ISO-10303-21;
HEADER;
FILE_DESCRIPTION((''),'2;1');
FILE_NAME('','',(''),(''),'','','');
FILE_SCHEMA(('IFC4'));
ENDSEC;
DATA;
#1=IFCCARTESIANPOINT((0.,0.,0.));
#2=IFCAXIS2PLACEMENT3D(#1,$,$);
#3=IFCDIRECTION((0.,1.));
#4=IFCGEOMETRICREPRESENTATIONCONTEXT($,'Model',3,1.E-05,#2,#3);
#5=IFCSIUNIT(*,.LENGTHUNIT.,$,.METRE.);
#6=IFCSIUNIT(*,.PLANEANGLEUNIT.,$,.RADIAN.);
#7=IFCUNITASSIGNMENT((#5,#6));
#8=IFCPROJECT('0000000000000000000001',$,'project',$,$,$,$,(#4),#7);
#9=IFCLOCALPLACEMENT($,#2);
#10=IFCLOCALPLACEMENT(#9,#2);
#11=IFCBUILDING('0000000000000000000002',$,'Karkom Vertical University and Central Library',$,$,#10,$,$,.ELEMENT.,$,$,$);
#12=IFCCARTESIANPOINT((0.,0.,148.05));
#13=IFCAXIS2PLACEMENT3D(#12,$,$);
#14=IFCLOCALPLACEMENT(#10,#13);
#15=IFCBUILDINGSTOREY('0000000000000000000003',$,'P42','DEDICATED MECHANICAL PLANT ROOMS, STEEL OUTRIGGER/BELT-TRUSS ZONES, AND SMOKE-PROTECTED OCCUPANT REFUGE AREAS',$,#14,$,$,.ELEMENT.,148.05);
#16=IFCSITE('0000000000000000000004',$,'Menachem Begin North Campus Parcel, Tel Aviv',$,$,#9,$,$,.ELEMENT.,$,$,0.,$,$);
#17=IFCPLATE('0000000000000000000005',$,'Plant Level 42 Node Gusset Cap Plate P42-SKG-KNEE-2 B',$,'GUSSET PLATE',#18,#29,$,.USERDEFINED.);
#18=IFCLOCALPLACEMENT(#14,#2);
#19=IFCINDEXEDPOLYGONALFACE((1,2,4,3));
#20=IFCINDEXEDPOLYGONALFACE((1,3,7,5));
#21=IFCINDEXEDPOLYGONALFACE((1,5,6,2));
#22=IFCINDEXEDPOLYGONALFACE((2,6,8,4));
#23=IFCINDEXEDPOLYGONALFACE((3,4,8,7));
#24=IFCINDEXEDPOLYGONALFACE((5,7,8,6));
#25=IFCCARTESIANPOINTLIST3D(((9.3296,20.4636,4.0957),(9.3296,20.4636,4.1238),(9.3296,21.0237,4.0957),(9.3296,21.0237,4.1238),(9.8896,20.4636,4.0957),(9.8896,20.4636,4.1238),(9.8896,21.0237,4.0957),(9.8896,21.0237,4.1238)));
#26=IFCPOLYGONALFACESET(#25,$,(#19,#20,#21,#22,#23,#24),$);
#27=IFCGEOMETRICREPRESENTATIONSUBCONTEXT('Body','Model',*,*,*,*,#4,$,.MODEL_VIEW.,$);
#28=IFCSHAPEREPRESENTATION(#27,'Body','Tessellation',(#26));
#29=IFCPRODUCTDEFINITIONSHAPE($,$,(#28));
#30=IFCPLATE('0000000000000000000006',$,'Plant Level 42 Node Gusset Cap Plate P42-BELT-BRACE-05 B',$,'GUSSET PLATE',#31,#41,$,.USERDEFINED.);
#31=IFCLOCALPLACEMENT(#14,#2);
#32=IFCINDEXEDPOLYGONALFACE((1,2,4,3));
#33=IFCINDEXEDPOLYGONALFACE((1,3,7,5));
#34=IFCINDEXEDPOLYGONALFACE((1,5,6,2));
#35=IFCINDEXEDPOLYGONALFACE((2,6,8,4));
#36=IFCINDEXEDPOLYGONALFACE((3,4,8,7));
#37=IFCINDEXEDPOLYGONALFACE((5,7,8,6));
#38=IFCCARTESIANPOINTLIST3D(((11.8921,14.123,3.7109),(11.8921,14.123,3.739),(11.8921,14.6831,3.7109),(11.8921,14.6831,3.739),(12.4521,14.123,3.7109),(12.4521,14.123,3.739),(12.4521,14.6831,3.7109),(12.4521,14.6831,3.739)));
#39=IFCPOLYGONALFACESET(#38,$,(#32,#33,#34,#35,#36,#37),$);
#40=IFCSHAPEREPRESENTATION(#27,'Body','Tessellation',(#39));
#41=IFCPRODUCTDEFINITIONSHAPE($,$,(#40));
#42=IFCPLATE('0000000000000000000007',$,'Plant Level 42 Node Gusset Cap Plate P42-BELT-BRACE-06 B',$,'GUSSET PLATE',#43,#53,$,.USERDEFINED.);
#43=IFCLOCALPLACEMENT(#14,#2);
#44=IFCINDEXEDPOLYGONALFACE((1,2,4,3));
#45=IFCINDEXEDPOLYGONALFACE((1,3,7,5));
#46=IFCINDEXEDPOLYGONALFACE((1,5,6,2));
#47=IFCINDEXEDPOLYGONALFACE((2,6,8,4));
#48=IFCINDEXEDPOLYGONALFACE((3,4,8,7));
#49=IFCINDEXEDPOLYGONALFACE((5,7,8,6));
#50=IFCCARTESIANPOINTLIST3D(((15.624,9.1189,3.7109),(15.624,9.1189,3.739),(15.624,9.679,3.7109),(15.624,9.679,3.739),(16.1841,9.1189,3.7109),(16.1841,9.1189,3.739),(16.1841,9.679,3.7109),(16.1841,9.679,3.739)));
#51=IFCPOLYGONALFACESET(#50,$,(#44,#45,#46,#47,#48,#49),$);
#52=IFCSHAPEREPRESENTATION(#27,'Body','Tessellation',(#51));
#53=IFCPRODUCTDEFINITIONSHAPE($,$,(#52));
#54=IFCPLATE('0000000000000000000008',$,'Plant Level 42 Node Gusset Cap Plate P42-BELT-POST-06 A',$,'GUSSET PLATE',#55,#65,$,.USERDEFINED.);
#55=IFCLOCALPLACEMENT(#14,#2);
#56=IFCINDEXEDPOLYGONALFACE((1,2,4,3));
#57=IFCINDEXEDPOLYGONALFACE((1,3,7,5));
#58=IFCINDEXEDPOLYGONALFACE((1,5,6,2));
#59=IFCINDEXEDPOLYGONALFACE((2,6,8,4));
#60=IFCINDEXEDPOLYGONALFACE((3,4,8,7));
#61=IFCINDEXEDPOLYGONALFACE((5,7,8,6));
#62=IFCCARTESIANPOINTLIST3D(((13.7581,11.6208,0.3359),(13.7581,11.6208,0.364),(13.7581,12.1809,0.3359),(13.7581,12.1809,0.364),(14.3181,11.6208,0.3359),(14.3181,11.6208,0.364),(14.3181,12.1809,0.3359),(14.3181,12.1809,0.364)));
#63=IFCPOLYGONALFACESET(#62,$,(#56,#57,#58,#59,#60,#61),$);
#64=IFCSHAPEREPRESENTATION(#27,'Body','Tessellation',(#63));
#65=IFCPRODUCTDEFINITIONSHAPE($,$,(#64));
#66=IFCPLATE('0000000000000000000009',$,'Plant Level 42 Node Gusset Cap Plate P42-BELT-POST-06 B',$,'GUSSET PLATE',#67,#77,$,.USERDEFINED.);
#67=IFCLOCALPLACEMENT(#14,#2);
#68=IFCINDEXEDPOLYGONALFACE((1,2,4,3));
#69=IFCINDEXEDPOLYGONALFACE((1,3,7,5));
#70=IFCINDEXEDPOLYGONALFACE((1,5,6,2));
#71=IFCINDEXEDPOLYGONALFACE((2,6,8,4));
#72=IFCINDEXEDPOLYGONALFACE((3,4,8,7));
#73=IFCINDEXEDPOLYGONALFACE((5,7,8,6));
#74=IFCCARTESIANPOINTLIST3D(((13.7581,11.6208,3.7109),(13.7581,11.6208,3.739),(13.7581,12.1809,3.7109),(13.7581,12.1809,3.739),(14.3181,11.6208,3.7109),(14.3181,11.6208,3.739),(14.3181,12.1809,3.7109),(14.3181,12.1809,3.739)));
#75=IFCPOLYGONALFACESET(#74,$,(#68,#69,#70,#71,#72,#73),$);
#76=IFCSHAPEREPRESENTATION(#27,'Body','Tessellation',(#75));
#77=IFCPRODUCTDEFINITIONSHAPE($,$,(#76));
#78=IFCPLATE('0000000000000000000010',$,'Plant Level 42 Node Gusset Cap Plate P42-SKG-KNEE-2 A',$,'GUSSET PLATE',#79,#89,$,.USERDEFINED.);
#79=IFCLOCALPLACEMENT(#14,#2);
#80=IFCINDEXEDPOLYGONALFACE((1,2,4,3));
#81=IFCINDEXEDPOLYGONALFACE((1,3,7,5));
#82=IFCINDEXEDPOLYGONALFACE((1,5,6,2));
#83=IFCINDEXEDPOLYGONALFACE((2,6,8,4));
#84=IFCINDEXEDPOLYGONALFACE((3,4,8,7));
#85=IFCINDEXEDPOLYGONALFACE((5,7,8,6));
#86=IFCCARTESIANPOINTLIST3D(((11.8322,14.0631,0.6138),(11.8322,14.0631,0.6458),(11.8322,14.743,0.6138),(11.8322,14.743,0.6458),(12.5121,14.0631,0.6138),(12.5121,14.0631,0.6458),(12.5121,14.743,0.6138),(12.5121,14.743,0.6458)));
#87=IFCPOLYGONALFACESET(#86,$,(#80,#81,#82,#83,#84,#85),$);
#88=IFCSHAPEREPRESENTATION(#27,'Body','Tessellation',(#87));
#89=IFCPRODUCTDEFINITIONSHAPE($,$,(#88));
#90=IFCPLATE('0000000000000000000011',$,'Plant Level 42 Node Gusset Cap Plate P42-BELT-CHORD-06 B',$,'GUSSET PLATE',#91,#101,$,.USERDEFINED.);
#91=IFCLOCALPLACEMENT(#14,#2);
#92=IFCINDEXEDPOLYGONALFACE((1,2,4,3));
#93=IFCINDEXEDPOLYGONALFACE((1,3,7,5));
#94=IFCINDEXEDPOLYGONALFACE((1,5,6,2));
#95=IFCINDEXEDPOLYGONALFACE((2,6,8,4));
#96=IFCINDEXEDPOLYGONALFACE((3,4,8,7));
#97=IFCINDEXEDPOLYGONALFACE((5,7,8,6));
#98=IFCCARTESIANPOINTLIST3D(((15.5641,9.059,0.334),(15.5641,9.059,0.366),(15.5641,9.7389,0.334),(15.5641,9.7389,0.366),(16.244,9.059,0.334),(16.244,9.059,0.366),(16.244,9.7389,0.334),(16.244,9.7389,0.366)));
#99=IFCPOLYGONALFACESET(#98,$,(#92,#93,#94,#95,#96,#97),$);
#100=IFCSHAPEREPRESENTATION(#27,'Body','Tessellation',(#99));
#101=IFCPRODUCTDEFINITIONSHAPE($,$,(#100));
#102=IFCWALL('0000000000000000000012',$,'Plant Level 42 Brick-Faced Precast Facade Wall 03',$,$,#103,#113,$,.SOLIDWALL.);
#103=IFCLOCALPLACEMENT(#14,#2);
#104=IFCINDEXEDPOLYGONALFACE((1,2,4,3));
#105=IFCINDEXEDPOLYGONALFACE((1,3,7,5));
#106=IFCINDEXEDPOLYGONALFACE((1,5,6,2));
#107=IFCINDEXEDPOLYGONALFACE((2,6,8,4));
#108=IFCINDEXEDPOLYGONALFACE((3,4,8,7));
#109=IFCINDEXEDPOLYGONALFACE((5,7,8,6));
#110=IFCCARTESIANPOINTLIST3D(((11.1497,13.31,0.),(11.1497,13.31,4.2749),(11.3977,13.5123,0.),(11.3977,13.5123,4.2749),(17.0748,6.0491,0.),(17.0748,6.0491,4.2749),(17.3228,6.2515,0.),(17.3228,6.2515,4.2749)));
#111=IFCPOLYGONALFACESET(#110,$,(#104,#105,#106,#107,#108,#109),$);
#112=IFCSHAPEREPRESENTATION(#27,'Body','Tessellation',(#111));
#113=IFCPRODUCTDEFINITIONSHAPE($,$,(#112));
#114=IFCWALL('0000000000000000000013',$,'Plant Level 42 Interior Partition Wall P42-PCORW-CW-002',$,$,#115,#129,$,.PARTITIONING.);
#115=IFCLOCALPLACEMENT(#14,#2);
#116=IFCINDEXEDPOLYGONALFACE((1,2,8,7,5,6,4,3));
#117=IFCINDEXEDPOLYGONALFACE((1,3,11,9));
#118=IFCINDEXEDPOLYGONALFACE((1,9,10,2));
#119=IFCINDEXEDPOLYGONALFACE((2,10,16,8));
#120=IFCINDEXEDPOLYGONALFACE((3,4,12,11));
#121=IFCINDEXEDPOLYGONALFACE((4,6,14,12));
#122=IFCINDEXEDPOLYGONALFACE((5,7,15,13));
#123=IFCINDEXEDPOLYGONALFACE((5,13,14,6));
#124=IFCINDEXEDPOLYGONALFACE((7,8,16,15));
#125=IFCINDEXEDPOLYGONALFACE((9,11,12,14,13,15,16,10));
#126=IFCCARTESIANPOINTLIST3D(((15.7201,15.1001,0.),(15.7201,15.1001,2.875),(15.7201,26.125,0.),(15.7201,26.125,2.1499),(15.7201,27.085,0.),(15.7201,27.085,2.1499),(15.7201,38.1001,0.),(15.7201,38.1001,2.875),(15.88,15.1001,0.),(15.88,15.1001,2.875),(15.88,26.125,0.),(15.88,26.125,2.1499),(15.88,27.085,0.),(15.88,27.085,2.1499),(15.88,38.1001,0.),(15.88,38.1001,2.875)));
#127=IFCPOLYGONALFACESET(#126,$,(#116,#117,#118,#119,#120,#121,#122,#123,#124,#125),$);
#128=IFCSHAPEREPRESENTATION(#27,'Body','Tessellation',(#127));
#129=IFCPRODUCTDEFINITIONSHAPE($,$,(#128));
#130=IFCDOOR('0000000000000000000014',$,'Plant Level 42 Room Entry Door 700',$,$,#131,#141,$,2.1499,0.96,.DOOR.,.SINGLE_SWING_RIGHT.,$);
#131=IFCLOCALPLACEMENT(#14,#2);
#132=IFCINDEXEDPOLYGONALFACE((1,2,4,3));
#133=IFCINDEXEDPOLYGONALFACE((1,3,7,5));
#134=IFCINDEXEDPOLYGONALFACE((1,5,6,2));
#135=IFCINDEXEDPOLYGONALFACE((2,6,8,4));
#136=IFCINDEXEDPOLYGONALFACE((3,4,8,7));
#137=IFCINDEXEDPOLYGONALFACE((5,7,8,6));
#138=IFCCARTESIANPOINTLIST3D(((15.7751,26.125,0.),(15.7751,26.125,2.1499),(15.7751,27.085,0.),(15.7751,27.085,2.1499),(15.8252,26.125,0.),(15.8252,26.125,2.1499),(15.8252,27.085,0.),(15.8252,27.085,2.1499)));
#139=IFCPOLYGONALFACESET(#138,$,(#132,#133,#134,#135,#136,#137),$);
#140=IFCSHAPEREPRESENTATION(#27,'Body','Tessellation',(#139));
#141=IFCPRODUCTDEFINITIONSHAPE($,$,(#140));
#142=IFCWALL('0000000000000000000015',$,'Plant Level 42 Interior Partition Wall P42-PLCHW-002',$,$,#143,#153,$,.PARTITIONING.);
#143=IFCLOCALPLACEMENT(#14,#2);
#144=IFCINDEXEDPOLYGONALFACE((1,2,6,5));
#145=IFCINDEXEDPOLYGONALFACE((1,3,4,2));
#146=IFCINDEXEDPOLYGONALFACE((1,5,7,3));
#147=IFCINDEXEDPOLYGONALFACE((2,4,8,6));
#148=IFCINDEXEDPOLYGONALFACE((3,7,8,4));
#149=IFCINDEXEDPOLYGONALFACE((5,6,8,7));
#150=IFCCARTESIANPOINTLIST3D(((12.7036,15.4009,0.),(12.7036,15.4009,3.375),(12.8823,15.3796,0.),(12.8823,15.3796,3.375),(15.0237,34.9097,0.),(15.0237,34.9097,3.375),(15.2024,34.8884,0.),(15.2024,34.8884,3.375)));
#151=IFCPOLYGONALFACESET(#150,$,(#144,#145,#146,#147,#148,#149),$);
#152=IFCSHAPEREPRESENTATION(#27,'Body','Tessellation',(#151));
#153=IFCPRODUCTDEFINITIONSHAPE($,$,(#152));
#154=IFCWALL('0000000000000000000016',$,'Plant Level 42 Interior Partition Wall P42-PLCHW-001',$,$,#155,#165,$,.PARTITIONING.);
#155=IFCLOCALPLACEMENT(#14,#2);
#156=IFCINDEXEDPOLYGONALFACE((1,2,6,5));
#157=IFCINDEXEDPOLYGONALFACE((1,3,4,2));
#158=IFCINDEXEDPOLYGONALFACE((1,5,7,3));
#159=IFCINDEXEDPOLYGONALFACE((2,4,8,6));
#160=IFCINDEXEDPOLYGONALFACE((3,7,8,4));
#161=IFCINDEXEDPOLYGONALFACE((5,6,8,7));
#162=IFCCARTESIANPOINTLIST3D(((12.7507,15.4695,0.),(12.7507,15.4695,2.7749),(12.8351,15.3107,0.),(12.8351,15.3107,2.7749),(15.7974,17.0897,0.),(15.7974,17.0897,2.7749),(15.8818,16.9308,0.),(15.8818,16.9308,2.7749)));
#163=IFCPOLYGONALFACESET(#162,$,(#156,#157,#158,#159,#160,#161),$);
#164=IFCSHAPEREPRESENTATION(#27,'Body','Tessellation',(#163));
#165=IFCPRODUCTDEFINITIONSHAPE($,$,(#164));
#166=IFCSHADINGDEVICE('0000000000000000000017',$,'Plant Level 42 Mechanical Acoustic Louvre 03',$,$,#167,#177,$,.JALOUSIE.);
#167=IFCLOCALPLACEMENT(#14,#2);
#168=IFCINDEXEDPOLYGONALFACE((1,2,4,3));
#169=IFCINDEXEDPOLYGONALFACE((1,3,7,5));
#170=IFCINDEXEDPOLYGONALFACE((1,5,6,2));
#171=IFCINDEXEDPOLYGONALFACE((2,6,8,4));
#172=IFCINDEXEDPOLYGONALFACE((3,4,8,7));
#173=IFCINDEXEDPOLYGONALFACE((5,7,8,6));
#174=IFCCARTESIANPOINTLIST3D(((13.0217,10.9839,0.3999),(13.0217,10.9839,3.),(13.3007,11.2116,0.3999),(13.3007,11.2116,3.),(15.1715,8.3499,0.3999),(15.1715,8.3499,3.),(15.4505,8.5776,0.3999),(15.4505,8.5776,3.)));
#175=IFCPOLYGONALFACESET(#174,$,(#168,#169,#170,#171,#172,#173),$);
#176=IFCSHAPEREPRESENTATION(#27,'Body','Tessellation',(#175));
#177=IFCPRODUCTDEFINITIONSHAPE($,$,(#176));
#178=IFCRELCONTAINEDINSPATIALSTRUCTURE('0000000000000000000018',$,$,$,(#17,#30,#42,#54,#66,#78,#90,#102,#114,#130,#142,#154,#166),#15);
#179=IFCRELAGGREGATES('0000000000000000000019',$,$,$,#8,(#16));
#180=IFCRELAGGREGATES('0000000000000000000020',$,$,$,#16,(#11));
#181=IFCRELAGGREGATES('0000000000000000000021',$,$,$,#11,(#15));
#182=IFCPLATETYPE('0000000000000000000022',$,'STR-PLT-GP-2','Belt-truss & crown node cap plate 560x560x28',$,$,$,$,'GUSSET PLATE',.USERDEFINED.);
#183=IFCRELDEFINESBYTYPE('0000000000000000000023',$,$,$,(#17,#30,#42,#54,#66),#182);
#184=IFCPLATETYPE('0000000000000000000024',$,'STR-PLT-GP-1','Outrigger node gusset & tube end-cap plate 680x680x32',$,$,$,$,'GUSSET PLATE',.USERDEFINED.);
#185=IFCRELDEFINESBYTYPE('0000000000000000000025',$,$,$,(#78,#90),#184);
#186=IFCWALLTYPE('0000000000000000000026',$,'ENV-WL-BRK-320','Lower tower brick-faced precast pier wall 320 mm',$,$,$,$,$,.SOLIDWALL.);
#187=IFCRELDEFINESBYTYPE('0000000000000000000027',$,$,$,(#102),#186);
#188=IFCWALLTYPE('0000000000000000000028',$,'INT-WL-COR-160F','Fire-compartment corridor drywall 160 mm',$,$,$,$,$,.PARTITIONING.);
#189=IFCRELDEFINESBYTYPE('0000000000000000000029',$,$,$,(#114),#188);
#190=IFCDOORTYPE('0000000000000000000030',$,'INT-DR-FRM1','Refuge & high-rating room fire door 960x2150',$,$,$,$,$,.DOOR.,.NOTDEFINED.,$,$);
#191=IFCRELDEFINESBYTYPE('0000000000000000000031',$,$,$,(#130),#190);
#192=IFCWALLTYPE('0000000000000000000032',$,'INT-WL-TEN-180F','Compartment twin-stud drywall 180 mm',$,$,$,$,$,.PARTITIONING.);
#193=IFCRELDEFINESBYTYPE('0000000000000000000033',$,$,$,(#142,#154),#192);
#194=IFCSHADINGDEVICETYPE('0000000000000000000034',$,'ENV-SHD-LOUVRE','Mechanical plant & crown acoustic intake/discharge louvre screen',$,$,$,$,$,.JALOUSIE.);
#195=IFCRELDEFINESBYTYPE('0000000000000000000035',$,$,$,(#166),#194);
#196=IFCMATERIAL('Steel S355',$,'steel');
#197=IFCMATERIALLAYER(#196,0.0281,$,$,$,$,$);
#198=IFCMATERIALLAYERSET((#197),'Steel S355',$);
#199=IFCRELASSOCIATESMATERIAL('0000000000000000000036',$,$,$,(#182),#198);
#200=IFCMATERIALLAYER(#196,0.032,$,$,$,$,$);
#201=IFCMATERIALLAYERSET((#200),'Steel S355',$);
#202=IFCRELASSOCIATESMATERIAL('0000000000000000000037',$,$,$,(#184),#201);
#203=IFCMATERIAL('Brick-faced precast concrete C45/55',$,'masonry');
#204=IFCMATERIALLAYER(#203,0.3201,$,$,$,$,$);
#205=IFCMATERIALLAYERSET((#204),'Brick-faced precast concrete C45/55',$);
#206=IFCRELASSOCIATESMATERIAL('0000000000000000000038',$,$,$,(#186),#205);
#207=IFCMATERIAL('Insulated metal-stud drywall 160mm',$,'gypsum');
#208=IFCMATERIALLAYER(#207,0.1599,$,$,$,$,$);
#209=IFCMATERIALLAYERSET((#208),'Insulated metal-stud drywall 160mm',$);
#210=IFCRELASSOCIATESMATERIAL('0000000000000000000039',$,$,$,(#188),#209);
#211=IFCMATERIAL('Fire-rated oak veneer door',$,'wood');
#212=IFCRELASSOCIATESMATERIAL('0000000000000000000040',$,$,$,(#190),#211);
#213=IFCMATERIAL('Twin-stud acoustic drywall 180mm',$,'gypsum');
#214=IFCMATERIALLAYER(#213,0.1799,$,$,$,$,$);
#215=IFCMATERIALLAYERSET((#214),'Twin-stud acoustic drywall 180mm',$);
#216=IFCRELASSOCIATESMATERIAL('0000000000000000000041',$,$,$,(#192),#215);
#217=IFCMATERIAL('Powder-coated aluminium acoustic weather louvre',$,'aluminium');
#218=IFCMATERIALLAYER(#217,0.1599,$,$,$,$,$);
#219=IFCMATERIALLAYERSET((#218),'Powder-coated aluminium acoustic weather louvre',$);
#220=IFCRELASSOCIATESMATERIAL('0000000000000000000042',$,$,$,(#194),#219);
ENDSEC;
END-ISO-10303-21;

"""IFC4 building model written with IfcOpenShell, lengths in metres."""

from ifc_helpers import new_model, si_unit, direction, frame, frame_2d, origin, origin_with_axes, origin_2d, place, context, subcontext, project, spatial, rectangle, extrude, source, transform, mapped, material, layer, layer_set, type_object, element, fill, save


model = new_model("IFC4")

# Units and contexts
model_context = context("Model", 3, precision=1e-05, world=origin(), true_north=direction((0.0, 1.0)))
body_context = subcontext(model_context, "Body", "Model", "MODEL_VIEW")
ifc_project = project(units=[si_unit("LENGTHUNIT", "METRE"), si_unit("PLANEANGLEUNIT", "RADIAN")], contexts=[model_context])

# Site, building, storey
site_placement = place(None, origin())
site = spatial("IfcSite", under=ifc_project, at=site_placement, Name="Menachem Begin North Campus Parcel, Tel Aviv", CompositionType="ELEMENT", RefElevation=0.0)
building_placement = place(site_placement, origin())
building = spatial("IfcBuilding", under=site, at=building_placement, Name="Karkom Vertical University and Central Library", CompositionType="ELEMENT")
storey_placement = place(building_placement, frame((0.0, 0.0, 148.05)))
storey = spatial("IfcBuildingStorey", under=building, at=storey_placement, Name="P42", Description="DEDICATED MECHANICAL PLANT ROOMS, STEEL OUTRIGGER/BELT-TRUSS ZONES, AND SMOKE-PROTECTED OCCUPANT REFUGE AREAS", CompositionType="ELEMENT", Elevation=148.05)

# Shared definitions
ifc_material_1 = material(Name="Steel S355", Category="steel")

# Plates
ifc_layer_1 = layer(ifc_material_1, 0.0281)
ifc_layer_set_1 = layer_set([ifc_layer_1], Name="Steel S355")
plate_type_1 = type_object("IfcPlateType", Name="STR-PLT-GP-2", Description="Belt-truss & crown node cap plate 560x560x28", ElementType="GUSSET PLATE", PredefinedType="USERDEFINED", material=ifc_layer_set_1)
shared_shape_1 = source(origin_with_axes(), body_context, "Body", "SweptSolid", [
    extrude(rectangle(XDim=0.5601, YDim=0.5601, at=origin_2d()), origin(), (0.0, 0.0, 1.0), 0.0281),
])
for number, where, z_axis, x_axis, name in (
    (1, (9.6096, 20.7437, 4.0957), (0.0, 0.0, 1.0), (1.0, 0.0, 0.0), "Plant Level 42 Node Gusset Cap Plate P42-SKG-KNEE-2 B"),
    (2, (12.1721, 14.4031, 3.7109), (0.0, 0.0, 1.0), (1.0, 0.0, 0.0), "Plant Level 42 Node Gusset Cap Plate P42-BELT-BRACE-05 B"),
    (3, (15.9041, 9.3989, 3.7109), (0.0, 0.0, 1.0), (1.0, 0.0, 0.0), "Plant Level 42 Node Gusset Cap Plate P42-BELT-BRACE-06 B"),
    (4, (14.0381, 11.9009, 0.3359), (0.0, 0.0, 1.0), (1.0, 0.0, 0.0), "Plant Level 42 Node Gusset Cap Plate P42-BELT-POST-06 A"),
    (5, (14.0381, 11.9009, 3.7109), (0.0, 0.0, 1.0), (1.0, 0.0, 0.0), "Plant Level 42 Node Gusset Cap Plate P42-BELT-POST-06 B"),
):
    element("IfcPlate", number, at=place(storey_placement, frame(where, z_axis=z_axis, x_axis=x_axis)), inside=storey, type_object=plate_type_1, Name=name, ObjectType="GUSSET PLATE", PredefinedType="USERDEFINED", context=body_context, shape_type="MappedRepresentation", body=[
        mapped(shared_shape_1, transform((0.0, 0.0, 0.0), scale=1.0)),
    ])
ifc_layer_2 = layer(ifc_material_1, 0.032)
ifc_layer_set_2 = layer_set([ifc_layer_2], Name="Steel S355")
plate_type_2 = type_object("IfcPlateType", Name="STR-PLT-GP-1", Description="Outrigger node gusset & tube end-cap plate 680x680x32", ElementType="GUSSET PLATE", PredefinedType="USERDEFINED", material=ifc_layer_set_2)
shared_shape_2 = source(origin_with_axes(), body_context, "Body", "SweptSolid", [
    extrude(rectangle(XDim=0.6799, YDim=0.6799, at=origin_2d()), origin(), (0.0, 0.0, 1.0), 0.032),
])
for number, where, z_axis, x_axis, name in (
    (6, (12.1721, 14.4031, 0.6138), (0.0, 0.0, 1.0), (1.0, 0.0, 0.0), "Plant Level 42 Node Gusset Cap Plate P42-SKG-KNEE-2 A"),
    (7, (15.9041, 9.3989, 0.334), (0.0, 0.0, 1.0), (1.0, 0.0, 0.0), "Plant Level 42 Node Gusset Cap Plate P42-BELT-CHORD-06 B"),
):
    element("IfcPlate", number, at=place(storey_placement, frame(where, z_axis=z_axis, x_axis=x_axis)), inside=storey, type_object=plate_type_2, Name=name, ObjectType="GUSSET PLATE", PredefinedType="USERDEFINED", context=body_context, shape_type="MappedRepresentation", body=[
        mapped(shared_shape_2, transform((0.0, 0.0, 0.0), scale=1.0)),
    ])

# Wall
ifc_material_2 = material(Name="Brick-faced precast concrete C45/55", Category="masonry")
ifc_layer_3 = layer(ifc_material_2, 0.3201)
ifc_layer_set_3 = layer_set([ifc_layer_3], Name="Brick-faced precast concrete C45/55")
wall_type_1 = type_object("IfcWallType", Name="ENV-WL-BRK-320", Description="Lower tower brick-faced precast pier wall 320 mm", PredefinedType="SOLIDWALL", material=ifc_layer_set_3)
wall_1_placement = place(storey_placement, frame((11.2737, 13.4111, 0.0), z_axis=(0.0, 0.0, 1.0), x_axis=(0.632243, -0.77477, 0.0)))
element("IfcWall", 8, at=wall_1_placement, inside=storey, type_object=wall_type_1, Name="Plant Level 42 Brick-Faced Precast Facade Wall 03", PredefinedType="SOLIDWALL", context=body_context, shape_type="SweptSolid", body=[
    extrude(rectangle(XDim=9.3716, YDim=0.3201, at=frame_2d((4.6858, 0.0))), origin(), (0.0, 0.0, 1.0), 4.2749),
])

# Wall, opening, door
ifc_material_3 = material(Name="Insulated metal-stud drywall 160mm", Category="gypsum")
ifc_layer_4 = layer(ifc_material_3, 0.1599)
ifc_layer_set_4 = layer_set([ifc_layer_4], Name="Insulated metal-stud drywall 160mm")
wall_type_2 = type_object("IfcWallType", Name="INT-WL-COR-160F", Description="Fire-compartment corridor drywall 160 mm", PredefinedType="PARTITIONING", material=ifc_layer_set_4)
wall_2_placement = place(storey_placement, frame((15.8, 15.1001, 0.0), z_axis=(0.0, 0.0, 1.0), x_axis=(0.0, 1.0, 0.0)))
wall_2 = element("IfcWall", 9, at=wall_2_placement, inside=storey, type_object=wall_type_2, Name="Plant Level 42 Interior Partition Wall P42-PCORW-CW-002", PredefinedType="PARTITIONING", context=body_context, shape_type="SweptSolid", body=[
    extrude(rectangle(XDim=23.0, YDim=0.1599, at=frame_2d((11.5, 0.0))), origin(), (0.0, 0.0, 1.0), 2.875),
])
opening_placement = place(wall_2_placement, frame((11.0249, 0.0, 0.0)))
opening = element("IfcOpeningElement", 10, at=opening_placement, cuts=wall_2, PredefinedType="OPENING", context=body_context, shape_type="SweptSolid", body=[
    extrude(rectangle(XDim=0.96, YDim=2.1499, at=frame_2d((0.48, 1.075))), frame((0.0, 0.0898, 0.0), z_axis=(0.0, -1.0, 0.0), x_axis=(1.0, 0.0, 0.0)), (0.0, 0.0, 1.0), 0.1799),
])
ifc_material_4 = material(Name="Fire-rated oak veneer door", Category="wood")
door_type = type_object("IfcDoorType", Name="INT-DR-FRM1", Description="Refuge & high-rating room fire door 960x2150", OperationType="NOTDEFINED", PredefinedType="DOOR", material=ifc_material_4)
shared_shape_3 = source(origin_with_axes(), body_context, "Body", "SweptSolid", [
    extrude(rectangle(XDim=0.96, YDim=2.1499, at=frame_2d((0.48, 1.075))), frame((0.0, 0.0249, 0.0), z_axis=(0.0, -1.0, 0.0), x_axis=(1.0, 0.0, 0.0)), (0.0, 0.0, 1.0), 0.05),
])
door_placement = place(opening_placement, origin())
door = element("IfcDoor", 11, at=door_placement, inside=storey, type_object=door_type, Name="Plant Level 42 Room Entry Door 700", OperationType="SINGLE_SWING_RIGHT", OverallHeight=2.1499, OverallWidth=0.96, PredefinedType="DOOR", context=body_context, shape_type="MappedRepresentation", body=[
    mapped(shared_shape_3, transform((0.0, 0.0, 0.0), scale=1.0)),
])
fill(opening, door)

# Walls
ifc_material_5 = material(Name="Twin-stud acoustic drywall 180mm", Category="gypsum")
ifc_layer_5 = layer(ifc_material_5, 0.1799)
ifc_layer_set_5 = layer_set([ifc_layer_5], Name="Twin-stud acoustic drywall 180mm")
wall_type_3 = type_object("IfcWallType", Name="INT-WL-TEN-180F", Description="Compartment twin-stud drywall 180 mm", PredefinedType="PARTITIONING", material=ifc_layer_set_5)
wall_3_placement = place(storey_placement, frame((12.793, 15.3901, 0.0), z_axis=(0.0, 0.0, 1.0), x_axis=(0.118092, 0.993003, 0.0)))
element("IfcWall", 12, at=wall_3_placement, inside=storey, type_object=wall_type_3, Name="Plant Level 42 Interior Partition Wall P42-PLCHW-002", PredefinedType="PARTITIONING", context=body_context, shape_type="SweptSolid", body=[
    extrude(rectangle(XDim=19.6462, YDim=0.1799, at=frame_2d((9.8232, 0.0))), origin(), (0.0, 0.0, 1.0), 3.375),
])
wall_4_placement = place(storey_placement, frame((15.8396, 17.0103, 0.0), z_axis=(0.0, 0.0, 1.0), x_axis=(-0.882924, -0.469516, 0.0)))
element("IfcWall", 13, at=wall_4_placement, inside=storey, type_object=wall_type_3, Name="Plant Level 42 Interior Partition Wall P42-PLCHW-001", PredefinedType="PARTITIONING", context=body_context, shape_type="SweptSolid", body=[
    extrude(rectangle(XDim=3.4507, YDim=0.1799, at=frame_2d((1.7253, 0.0))), origin(), (0.0, 0.0, 1.0), 2.7749),
])

# Shading device
ifc_material_6 = material(Name="Powder-coated aluminium acoustic weather louvre", Category="aluminium")
ifc_layer_6 = layer(ifc_material_6, 0.1599)
ifc_layer_set_6 = layer_set([ifc_layer_6], Name="Powder-coated aluminium acoustic weather louvre")
shading_device_type = type_object("IfcShadingDeviceType", Name="ENV-SHD-LOUVRE", Description="Mechanical plant & crown acoustic intake/discharge louvre screen", PredefinedType="JALOUSIE", material=ifc_layer_set_6)
shared_shape_4 = source(origin_with_axes(), body_context, "Body", "SweptSolid", [
    extrude(rectangle(XDim=3.3999, YDim=0.3601, at=origin_2d()), origin(), (0.0, 0.0, 1.0), 2.6001),
])
shading_device_placement = place(storey_placement, frame((14.2361, 9.7808, 0.3999), z_axis=(0.0, 0.0, 1.0), x_axis=(0.6323, -0.774724, 0.0)))
element("IfcShadingDevice", 14, at=shading_device_placement, inside=storey, type_object=shading_device_type, Name="Plant Level 42 Mechanical Acoustic Louvre 03", PredefinedType="JALOUSIE", context=body_context, shape_type="MappedRepresentation", body=[
    mapped(shared_shape_4, transform((0.0, 0.0, 0.0), scale=1.0)),
])

save(model, "model.ifc")
